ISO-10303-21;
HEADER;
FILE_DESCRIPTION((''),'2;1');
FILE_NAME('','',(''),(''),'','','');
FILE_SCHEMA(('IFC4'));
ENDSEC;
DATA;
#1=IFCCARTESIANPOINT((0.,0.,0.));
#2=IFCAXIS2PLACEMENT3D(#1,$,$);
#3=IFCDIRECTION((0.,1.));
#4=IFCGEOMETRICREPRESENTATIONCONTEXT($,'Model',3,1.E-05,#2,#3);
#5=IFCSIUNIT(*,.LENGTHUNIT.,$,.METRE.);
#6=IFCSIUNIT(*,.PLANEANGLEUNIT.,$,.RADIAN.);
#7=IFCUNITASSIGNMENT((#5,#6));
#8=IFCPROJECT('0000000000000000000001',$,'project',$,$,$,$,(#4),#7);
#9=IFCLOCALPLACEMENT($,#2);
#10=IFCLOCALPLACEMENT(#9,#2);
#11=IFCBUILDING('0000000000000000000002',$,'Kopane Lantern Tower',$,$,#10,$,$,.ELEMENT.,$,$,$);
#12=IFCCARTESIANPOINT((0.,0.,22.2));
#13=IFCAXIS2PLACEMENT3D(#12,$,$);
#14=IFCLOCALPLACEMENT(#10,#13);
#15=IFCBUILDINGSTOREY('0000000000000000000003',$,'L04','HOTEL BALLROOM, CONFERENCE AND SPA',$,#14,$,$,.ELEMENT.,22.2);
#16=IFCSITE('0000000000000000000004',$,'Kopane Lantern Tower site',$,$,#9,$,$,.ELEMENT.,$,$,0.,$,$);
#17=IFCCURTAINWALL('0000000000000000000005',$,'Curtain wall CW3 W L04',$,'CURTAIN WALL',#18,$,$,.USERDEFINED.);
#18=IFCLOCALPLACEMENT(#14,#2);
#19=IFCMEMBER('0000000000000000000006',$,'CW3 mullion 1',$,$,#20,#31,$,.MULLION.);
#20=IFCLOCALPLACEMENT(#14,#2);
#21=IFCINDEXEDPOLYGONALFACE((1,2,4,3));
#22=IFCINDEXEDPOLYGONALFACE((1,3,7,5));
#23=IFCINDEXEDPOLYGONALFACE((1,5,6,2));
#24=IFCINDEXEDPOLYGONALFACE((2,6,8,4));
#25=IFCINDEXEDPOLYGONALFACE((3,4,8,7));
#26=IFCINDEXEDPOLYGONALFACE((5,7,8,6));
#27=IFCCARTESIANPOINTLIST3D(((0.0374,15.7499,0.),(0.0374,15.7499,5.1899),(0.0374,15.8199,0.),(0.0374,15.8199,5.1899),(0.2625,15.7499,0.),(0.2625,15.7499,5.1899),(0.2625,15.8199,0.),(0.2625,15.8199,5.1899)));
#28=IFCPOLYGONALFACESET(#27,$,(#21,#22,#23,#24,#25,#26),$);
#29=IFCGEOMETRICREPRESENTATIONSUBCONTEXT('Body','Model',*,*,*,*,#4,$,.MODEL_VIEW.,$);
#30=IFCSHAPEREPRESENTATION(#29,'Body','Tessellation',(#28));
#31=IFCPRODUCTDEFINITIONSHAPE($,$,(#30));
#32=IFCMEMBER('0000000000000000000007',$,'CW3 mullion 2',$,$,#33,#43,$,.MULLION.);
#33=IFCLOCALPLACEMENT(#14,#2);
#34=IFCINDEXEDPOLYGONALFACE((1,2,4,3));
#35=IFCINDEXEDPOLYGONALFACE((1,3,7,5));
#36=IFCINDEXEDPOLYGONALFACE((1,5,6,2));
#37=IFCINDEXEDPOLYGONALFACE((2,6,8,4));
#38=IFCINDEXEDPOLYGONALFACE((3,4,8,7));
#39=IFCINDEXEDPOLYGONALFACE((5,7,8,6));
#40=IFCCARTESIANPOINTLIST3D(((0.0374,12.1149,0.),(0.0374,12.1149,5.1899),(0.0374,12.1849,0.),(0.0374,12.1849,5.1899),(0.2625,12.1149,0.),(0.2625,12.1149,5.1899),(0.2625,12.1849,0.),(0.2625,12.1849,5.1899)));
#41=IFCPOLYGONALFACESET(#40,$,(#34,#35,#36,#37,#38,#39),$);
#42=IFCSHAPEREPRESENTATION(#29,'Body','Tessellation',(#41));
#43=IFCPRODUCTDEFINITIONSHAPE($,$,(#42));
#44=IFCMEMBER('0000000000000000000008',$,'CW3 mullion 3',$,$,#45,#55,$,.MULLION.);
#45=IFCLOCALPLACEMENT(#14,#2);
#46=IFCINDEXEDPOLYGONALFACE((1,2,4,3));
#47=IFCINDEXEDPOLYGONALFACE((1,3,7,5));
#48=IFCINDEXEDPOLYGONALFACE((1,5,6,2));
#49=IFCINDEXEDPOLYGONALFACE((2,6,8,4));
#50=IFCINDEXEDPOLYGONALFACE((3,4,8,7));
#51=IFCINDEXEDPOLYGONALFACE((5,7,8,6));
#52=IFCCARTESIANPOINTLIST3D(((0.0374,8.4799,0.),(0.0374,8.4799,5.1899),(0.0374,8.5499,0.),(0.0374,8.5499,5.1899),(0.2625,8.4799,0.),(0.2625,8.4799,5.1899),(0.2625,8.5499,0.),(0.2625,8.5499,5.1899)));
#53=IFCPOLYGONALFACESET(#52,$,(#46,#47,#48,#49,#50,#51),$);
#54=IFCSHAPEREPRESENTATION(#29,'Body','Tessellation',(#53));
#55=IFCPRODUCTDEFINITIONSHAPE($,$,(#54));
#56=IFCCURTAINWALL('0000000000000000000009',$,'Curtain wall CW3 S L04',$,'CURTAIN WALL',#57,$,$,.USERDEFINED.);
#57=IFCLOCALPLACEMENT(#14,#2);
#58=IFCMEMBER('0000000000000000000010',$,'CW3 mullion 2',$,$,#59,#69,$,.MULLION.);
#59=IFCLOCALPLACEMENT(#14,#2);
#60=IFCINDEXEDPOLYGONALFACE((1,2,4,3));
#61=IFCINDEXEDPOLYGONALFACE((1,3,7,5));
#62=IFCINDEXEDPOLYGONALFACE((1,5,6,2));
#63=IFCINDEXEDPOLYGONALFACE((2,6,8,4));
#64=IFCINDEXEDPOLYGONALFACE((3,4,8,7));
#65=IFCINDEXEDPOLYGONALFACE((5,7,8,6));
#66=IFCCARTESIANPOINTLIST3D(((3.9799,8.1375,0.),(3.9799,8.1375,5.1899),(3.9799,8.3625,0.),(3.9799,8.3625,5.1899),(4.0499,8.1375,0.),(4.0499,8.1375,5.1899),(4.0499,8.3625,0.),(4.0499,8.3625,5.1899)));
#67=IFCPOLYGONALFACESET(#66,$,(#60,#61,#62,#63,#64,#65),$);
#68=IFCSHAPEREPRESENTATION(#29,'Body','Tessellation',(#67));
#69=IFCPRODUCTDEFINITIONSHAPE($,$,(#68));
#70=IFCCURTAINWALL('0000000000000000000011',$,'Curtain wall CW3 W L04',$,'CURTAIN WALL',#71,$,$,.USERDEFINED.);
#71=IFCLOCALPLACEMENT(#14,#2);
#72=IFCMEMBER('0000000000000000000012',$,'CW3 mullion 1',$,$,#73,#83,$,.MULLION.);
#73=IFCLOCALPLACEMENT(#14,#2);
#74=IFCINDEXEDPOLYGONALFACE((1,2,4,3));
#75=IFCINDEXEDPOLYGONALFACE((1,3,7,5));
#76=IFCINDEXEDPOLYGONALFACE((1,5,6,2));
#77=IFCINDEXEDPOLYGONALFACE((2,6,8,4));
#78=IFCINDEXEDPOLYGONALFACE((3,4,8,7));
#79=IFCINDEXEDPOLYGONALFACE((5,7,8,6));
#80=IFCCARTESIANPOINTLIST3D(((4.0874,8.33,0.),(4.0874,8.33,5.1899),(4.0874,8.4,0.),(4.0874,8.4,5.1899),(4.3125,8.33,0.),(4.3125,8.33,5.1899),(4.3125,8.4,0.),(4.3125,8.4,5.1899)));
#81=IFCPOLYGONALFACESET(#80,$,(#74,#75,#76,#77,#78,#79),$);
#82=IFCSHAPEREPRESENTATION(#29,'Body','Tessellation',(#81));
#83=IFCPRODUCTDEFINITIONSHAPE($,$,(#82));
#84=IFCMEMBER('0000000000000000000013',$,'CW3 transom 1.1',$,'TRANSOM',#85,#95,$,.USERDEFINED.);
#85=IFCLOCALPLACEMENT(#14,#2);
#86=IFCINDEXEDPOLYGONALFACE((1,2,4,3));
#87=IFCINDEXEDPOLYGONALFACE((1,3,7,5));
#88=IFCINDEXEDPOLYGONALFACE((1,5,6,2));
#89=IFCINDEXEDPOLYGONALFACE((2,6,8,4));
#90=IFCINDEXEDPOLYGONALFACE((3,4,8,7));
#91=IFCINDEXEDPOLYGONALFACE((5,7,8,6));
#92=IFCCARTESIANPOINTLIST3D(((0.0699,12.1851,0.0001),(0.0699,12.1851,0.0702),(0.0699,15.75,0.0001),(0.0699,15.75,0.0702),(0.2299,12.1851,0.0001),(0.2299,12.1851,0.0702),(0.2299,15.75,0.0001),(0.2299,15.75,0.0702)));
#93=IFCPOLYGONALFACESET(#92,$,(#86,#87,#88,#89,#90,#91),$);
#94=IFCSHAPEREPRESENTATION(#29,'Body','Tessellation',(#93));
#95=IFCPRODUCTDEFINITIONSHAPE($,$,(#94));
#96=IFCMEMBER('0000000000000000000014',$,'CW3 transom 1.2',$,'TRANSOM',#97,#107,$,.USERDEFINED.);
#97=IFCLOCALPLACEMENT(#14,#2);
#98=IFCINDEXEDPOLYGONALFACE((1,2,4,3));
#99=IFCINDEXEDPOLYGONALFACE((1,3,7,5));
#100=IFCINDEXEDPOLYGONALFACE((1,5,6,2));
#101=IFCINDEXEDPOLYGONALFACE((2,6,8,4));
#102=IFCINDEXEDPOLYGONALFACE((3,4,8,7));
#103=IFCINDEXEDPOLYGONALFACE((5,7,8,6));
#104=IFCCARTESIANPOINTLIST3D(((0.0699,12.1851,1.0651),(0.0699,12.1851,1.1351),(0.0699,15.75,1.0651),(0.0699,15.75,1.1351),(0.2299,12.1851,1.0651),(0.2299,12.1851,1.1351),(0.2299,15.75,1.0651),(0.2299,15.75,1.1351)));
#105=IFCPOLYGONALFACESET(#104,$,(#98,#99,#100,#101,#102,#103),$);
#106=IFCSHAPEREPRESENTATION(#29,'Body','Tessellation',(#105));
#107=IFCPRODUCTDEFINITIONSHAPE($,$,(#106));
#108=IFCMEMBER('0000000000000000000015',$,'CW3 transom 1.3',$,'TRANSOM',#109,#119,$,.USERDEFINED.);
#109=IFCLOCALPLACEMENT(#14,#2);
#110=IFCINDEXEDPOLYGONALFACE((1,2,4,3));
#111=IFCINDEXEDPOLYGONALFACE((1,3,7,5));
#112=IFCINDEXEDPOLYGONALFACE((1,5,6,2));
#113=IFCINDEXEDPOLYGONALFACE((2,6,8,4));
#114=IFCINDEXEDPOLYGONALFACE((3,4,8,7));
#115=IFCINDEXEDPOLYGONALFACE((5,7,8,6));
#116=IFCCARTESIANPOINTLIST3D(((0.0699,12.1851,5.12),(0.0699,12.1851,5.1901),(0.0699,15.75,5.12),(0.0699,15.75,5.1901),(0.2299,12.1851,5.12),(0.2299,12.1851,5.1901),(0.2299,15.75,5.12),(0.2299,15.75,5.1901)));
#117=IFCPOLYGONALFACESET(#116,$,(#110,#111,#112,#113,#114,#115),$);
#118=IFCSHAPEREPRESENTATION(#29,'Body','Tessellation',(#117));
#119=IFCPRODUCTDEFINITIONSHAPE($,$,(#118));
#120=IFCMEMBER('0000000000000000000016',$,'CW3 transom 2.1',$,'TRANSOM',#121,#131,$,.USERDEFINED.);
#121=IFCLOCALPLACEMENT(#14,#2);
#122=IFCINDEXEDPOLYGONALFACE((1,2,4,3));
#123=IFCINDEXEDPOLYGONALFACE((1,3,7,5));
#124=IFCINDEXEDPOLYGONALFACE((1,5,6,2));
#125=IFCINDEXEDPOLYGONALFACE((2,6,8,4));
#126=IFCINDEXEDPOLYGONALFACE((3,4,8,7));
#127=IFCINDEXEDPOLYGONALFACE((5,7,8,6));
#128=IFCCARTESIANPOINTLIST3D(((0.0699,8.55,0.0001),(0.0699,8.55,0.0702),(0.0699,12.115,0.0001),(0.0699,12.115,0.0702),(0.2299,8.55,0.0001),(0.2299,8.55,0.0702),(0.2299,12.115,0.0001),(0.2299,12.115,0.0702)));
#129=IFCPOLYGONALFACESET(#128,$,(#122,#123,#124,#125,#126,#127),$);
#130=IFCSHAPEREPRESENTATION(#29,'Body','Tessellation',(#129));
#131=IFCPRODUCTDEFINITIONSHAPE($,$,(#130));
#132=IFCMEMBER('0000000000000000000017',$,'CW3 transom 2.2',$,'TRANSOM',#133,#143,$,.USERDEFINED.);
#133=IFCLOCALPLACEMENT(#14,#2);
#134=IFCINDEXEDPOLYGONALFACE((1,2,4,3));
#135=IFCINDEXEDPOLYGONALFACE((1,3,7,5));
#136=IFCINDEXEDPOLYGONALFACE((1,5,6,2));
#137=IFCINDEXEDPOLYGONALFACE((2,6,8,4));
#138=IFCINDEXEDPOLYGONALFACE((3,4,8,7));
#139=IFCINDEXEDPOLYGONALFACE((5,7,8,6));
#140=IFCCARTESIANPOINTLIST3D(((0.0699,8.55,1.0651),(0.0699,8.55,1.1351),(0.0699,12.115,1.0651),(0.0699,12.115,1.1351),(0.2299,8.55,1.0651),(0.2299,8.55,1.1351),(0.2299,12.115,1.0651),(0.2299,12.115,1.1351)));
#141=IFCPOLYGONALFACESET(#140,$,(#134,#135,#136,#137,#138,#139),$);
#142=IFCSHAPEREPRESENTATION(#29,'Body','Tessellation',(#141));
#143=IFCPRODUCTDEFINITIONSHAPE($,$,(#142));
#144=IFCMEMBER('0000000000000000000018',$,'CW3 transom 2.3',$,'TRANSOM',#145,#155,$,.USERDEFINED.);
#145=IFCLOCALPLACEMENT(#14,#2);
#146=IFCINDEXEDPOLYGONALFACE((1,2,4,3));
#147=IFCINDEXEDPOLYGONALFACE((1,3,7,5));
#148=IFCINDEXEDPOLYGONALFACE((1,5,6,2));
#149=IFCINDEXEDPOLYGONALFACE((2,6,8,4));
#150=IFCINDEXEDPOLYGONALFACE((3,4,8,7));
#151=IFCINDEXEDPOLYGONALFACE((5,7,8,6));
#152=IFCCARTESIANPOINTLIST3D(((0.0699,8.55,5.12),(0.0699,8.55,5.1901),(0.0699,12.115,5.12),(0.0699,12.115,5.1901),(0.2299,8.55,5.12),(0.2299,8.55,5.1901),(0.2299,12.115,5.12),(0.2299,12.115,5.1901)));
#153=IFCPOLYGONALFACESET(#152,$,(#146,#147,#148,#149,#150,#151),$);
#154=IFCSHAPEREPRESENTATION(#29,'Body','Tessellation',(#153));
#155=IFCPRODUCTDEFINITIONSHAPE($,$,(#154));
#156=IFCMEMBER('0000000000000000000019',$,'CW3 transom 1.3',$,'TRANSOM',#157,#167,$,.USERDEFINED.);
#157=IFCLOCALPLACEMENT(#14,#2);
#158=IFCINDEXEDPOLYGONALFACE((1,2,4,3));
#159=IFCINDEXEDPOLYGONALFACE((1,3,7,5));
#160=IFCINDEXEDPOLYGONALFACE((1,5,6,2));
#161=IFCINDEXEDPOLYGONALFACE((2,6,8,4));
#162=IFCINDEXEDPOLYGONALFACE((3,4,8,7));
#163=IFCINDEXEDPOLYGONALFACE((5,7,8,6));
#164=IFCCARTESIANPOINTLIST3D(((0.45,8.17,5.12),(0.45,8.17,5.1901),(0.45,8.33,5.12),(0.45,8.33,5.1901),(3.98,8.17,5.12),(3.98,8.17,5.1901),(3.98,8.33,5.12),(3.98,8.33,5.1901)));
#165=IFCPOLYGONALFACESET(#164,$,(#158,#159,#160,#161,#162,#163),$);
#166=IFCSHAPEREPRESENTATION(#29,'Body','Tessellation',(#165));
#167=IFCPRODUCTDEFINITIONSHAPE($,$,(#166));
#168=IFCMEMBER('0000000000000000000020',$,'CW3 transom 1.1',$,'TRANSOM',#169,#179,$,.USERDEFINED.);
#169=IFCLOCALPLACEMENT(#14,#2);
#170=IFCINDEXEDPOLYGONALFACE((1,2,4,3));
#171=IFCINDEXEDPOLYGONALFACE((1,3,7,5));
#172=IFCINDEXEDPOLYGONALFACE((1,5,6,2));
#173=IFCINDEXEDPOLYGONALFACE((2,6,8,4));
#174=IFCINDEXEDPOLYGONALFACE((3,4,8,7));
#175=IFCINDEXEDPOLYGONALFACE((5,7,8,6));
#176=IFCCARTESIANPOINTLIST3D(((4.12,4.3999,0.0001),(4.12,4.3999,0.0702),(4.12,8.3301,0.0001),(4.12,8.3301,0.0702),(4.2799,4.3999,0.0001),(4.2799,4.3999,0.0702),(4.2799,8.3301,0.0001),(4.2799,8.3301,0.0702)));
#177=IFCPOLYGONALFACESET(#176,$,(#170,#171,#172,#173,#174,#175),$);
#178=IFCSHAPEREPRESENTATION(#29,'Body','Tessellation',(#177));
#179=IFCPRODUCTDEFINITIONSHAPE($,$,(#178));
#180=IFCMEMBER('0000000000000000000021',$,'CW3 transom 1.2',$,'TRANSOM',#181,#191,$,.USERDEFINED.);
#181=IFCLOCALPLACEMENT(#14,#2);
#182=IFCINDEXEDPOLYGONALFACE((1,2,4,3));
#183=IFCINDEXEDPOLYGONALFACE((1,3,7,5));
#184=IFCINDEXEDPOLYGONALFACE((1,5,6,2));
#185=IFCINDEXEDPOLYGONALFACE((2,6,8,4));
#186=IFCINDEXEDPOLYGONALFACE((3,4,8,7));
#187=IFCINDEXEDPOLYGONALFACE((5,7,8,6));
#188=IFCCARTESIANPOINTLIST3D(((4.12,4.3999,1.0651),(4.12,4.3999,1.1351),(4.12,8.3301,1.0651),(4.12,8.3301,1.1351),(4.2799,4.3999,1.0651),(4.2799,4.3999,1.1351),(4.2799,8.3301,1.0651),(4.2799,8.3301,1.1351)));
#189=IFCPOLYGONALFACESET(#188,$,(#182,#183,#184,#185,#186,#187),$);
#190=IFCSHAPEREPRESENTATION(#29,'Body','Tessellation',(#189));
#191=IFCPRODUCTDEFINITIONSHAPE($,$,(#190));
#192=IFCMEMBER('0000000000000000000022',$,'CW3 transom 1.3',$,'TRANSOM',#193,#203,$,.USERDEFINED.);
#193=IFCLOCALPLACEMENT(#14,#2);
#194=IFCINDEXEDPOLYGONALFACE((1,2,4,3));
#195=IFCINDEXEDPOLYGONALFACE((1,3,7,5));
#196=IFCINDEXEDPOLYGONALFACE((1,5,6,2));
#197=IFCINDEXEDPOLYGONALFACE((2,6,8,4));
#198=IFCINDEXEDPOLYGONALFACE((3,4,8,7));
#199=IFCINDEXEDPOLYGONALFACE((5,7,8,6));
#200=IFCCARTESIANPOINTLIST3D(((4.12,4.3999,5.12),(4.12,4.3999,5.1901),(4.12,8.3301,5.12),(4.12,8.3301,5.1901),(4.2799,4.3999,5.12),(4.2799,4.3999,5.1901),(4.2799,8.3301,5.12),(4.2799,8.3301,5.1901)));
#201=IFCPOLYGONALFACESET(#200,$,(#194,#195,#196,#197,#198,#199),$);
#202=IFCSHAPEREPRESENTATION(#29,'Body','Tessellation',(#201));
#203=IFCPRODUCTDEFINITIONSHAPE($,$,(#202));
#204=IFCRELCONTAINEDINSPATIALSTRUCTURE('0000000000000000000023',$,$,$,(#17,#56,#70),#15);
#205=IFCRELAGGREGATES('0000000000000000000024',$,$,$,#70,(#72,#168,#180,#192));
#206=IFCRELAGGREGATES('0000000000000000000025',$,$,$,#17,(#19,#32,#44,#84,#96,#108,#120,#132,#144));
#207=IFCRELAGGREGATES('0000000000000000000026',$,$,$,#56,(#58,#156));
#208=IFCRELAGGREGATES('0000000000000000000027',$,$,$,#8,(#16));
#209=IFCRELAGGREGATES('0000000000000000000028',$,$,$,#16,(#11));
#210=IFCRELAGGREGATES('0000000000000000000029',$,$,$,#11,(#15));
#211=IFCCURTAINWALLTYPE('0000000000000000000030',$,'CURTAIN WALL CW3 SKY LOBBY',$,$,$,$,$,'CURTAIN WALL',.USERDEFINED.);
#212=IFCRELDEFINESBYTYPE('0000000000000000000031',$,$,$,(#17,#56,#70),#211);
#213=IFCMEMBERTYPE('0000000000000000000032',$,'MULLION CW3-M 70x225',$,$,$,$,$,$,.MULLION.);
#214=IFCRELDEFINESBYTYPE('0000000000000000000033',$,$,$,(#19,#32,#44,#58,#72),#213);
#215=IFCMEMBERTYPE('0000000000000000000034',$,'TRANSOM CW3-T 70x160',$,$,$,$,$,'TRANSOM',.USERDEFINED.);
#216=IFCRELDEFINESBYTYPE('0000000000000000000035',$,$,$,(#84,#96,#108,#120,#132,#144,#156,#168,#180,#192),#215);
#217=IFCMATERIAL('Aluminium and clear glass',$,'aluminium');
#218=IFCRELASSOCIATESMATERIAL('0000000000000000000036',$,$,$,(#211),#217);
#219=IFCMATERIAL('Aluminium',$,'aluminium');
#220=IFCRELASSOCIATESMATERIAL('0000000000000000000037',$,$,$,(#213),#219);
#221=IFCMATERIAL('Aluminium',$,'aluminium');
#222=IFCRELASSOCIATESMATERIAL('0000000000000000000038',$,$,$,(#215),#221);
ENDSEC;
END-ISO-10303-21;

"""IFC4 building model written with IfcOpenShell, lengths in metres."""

from ifc_helpers import new_model, si_unit, direction, frame, origin, origin_2d, place, context, subcontext, project, spatial, rectangle, extrude, material, material_profile, profile_set, type_object, element, aggregate, save


model = new_model("IFC4")

# Units and contexts
model_context = context("Model", 3, precision=1e-05, world=origin(), true_north=direction((0.0, 1.0)))
body_context = subcontext(model_context, "Body", "Model", "MODEL_VIEW")
ifc_project = project(units=[si_unit("LENGTHUNIT", "METRE"), si_unit("PLANEANGLEUNIT", "RADIAN")], contexts=[model_context])

# Site, building, storey
site_placement = place(None, origin())
site = spatial("IfcSite", under=ifc_project, at=site_placement, Name="Kopane Lantern Tower site", CompositionType="ELEMENT", RefElevation=0.0)
building_placement = place(site_placement, origin())
building = spatial("IfcBuilding", under=site, at=building_placement, Name="Kopane Lantern Tower", CompositionType="ELEMENT")
storey_placement = place(building_placement, frame((0.0, 0.0, 22.2)))
storey = spatial("IfcBuildingStorey", under=building, at=storey_placement, Name="L04", Description="HOTEL BALLROOM, CONFERENCE AND SPA", CompositionType="ELEMENT", Elevation=22.2)

# Curtain wall, members
ifc_material_1 = material(Name="Aluminium and clear glass", Category="aluminium")
curtain_wall_type = type_object("IfcCurtainWallType", Name="CURTAIN WALL CW3 SKY LOBBY", ElementType="CURTAIN WALL", PredefinedType="USERDEFINED", material=ifc_material_1)
curtain_wall_1_placement = place(storey_placement, origin())
curtain_wall_1 = element("IfcCurtainWall", 1, at=curtain_wall_1_placement, inside=storey, type_object=curtain_wall_type, Name="Curtain wall CW3 W L04", ObjectType="CURTAIN WALL", PredefinedType="USERDEFINED")
ifc_material_2 = material(Name="Aluminium", Category="aluminium")
ifc_material_profile_1 = material_profile(ifc_material_2, rectangle(XDim=0.0701, YDim=0.2251, at=origin_2d()), Name="AL 70x225")
ifc_profile_set_1 = profile_set([ifc_material_profile_1], Name="Aluminium")
member_type_1 = type_object("IfcMemberType", Name="MULLION CW3-M 70x225", PredefinedType="MULLION", material=ifc_profile_set_1)
member_1_placement = place(storey_placement, frame((0.1499, 15.7849, 0.0), z_axis=(0.0, 0.0, 1.0), x_axis=(0.0, -1.0, 0.0)))
member_1 = element("IfcMember", 2, at=member_1_placement, type_object=member_type_1, Name="CW3 mullion 1", PredefinedType="MULLION", context=body_context, shape_type="SweptSolid", body=[
    extrude(rectangle(XDim=0.0701, YDim=0.2251, at=origin_2d()), origin(), (0.0, 0.0, 1.0), 5.1899),
])
member_2_placement = place(storey_placement, frame((0.1499, 12.1499, 0.0), z_axis=(0.0, 0.0, 1.0), x_axis=(0.0, -1.0, 0.0)))
member_2 = element("IfcMember", 3, at=member_2_placement, type_object=member_type_1, Name="CW3 mullion 2", PredefinedType="MULLION", context=body_context, shape_type="SweptSolid", body=[
    extrude(rectangle(XDim=0.0701, YDim=0.2251, at=origin_2d()), origin(), (0.0, 0.0, 1.0), 5.1899),
])
member_3_placement = place(storey_placement, frame((0.1499, 8.5149, 0.0), z_axis=(0.0, 0.0, 1.0), x_axis=(0.0, -1.0, 0.0)))
member_3 = element("IfcMember", 4, at=member_3_placement, type_object=member_type_1, Name="CW3 mullion 3", PredefinedType="MULLION", context=body_context, shape_type="SweptSolid", body=[
    extrude(rectangle(XDim=0.0701, YDim=0.2251, at=origin_2d()), origin(), (0.0, 0.0, 1.0), 5.1899),
])

# Curtain walls, members
curtain_wall_2_placement = place(storey_placement, origin())
curtain_wall_2 = element("IfcCurtainWall", 5, at=curtain_wall_2_placement, inside=storey, type_object=curtain_wall_type, Name="Curtain wall CW3 S L04", ObjectType="CURTAIN WALL", PredefinedType="USERDEFINED")
member_4_placement = place(storey_placement, frame((4.0149, 8.25, 0.0), z_axis=(0.0, 0.0, 1.0), x_axis=(1.0, 0.0, 0.0)))
member_4 = element("IfcMember", 6, at=member_4_placement, type_object=member_type_1, Name="CW3 mullion 2", PredefinedType="MULLION", context=body_context, shape_type="SweptSolid", body=[
    extrude(rectangle(XDim=0.0701, YDim=0.2251, at=origin_2d()), origin(), (0.0, 0.0, 1.0), 5.1899),
])
curtain_wall_3_placement = place(storey_placement, origin())
curtain_wall_3 = element("IfcCurtainWall", 7, at=curtain_wall_3_placement, inside=storey, type_object=curtain_wall_type, Name="Curtain wall CW3 W L04", ObjectType="CURTAIN WALL", PredefinedType="USERDEFINED")
member_5_placement = place(storey_placement, frame((4.2, 8.365, 0.0), z_axis=(0.0, 0.0, 1.0), x_axis=(0.0, -1.0, 0.0)))
member_5 = element("IfcMember", 8, at=member_5_placement, type_object=member_type_1, Name="CW3 mullion 1", PredefinedType="MULLION", context=body_context, shape_type="SweptSolid", body=[
    extrude(rectangle(XDim=0.0701, YDim=0.2251, at=origin_2d()), origin(), (0.0, 0.0, 1.0), 5.1899),
])

# Members
ifc_material_3 = material(Name="Aluminium", Category="aluminium")
ifc_material_profile_2 = material_profile(ifc_material_3, rectangle(XDim=0.1599, YDim=0.0701, at=origin_2d()), Name="AL 160x70")
ifc_profile_set_2 = profile_set([ifc_material_profile_2], Name="Aluminium")
member_type_2 = type_object("IfcMemberType", Name="TRANSOM CW3-T 70x160", ElementType="TRANSOM", PredefinedType="USERDEFINED", material=ifc_profile_set_2)
member_6_placement = place(storey_placement, frame((0.1499, 15.75, 0.0352), z_axis=(0.0, -1.0, 0.0), x_axis=(1.0, 0.0, 0.0)))
member_6 = element("IfcMember", 9, at=member_6_placement, type_object=member_type_2, Name="CW3 transom 1.1", ObjectType="TRANSOM", PredefinedType="USERDEFINED", context=body_context, shape_type="SweptSolid", body=[
    extrude(rectangle(XDim=0.1599, YDim=0.0701, at=origin_2d()), origin(), (0.0, 0.0, 1.0), 3.5649),
])
member_7_placement = place(storey_placement, frame((0.1499, 15.75, 1.1001), z_axis=(0.0, -1.0, 0.0), x_axis=(1.0, 0.0, 0.0)))
member_7 = element("IfcMember", 10, at=member_7_placement, type_object=member_type_2, Name="CW3 transom 1.2", ObjectType="TRANSOM", PredefinedType="USERDEFINED", context=body_context, shape_type="SweptSolid", body=[
    extrude(rectangle(XDim=0.1599, YDim=0.0701, at=origin_2d()), origin(), (0.0, 0.0, 1.0), 3.5649),
])
member_8_placement = place(storey_placement, frame((0.1499, 15.75, 5.155), z_axis=(0.0, -1.0, 0.0), x_axis=(1.0, 0.0, 0.0)))
member_8 = element("IfcMember", 11, at=member_8_placement, type_object=member_type_2, Name="CW3 transom 1.3", ObjectType="TRANSOM", PredefinedType="USERDEFINED", context=body_context, shape_type="SweptSolid", body=[
    extrude(rectangle(XDim=0.1599, YDim=0.0701, at=origin_2d()), origin(), (0.0, 0.0, 1.0), 3.5649),
])
member_9_placement = place(storey_placement, frame((0.1499, 12.115, 0.0352), z_axis=(0.0, -1.0, 0.0), x_axis=(1.0, 0.0, 0.0)))
member_9 = element("IfcMember", 12, at=member_9_placement, type_object=member_type_2, Name="CW3 transom 2.1", ObjectType="TRANSOM", PredefinedType="USERDEFINED", context=body_context, shape_type="SweptSolid", body=[
    extrude(rectangle(XDim=0.1599, YDim=0.0701, at=origin_2d()), origin(), (0.0, 0.0, 1.0), 3.5649),
])
member_10_placement = place(storey_placement, frame((0.1499, 12.115, 1.1001), z_axis=(0.0, -1.0, 0.0), x_axis=(1.0, 0.0, 0.0)))
member_10 = element("IfcMember", 13, at=member_10_placement, type_object=member_type_2, Name="CW3 transom 2.2", ObjectType="TRANSOM", PredefinedType="USERDEFINED", context=body_context, shape_type="SweptSolid", body=[
    extrude(rectangle(XDim=0.1599, YDim=0.0701, at=origin_2d()), origin(), (0.0, 0.0, 1.0), 3.5649),
])
member_11_placement = place(storey_placement, frame((0.1499, 12.115, 5.155), z_axis=(0.0, -1.0, 0.0), x_axis=(1.0, 0.0, 0.0)))
member_11 = element("IfcMember", 14, at=member_11_placement, type_object=member_type_2, Name="CW3 transom 2.3", ObjectType="TRANSOM", PredefinedType="USERDEFINED", context=body_context, shape_type="SweptSolid", body=[
    extrude(rectangle(XDim=0.1599, YDim=0.0701, at=origin_2d()), origin(), (0.0, 0.0, 1.0), 3.5649),
])
member_12_placement = place(storey_placement, frame((0.45, 8.25, 5.155), z_axis=(1.0, 0.0, 0.0), x_axis=(0.0, 1.0, 0.0)))
member_12 = element("IfcMember", 15, at=member_12_placement, type_object=member_type_2, Name="CW3 transom 1.3", ObjectType="TRANSOM", PredefinedType="USERDEFINED", context=body_context, shape_type="SweptSolid", body=[
    extrude(rectangle(XDim=0.1599, YDim=0.0701, at=origin_2d()), origin(), (0.0, 0.0, 1.0), 3.53),
])
member_13_placement = place(storey_placement, frame((4.2, 8.3301, 0.0352), z_axis=(0.0, -1.0, 0.0), x_axis=(1.0, 0.0, 0.0)))
member_13 = element("IfcMember", 16, at=member_13_placement, type_object=member_type_2, Name="CW3 transom 1.1", ObjectType="TRANSOM", PredefinedType="USERDEFINED", context=body_context, shape_type="SweptSolid", body=[
    extrude(rectangle(XDim=0.1599, YDim=0.0701, at=origin_2d()), origin(), (0.0, 0.0, 1.0), 3.9302),
])
member_14_placement = place(storey_placement, frame((4.2, 8.3301, 1.1001), z_axis=(0.0, -1.0, 0.0), x_axis=(1.0, 0.0, 0.0)))
member_14 = element("IfcMember", 17, at=member_14_placement, type_object=member_type_2, Name="CW3 transom 1.2", ObjectType="TRANSOM", PredefinedType="USERDEFINED", context=body_context, shape_type="SweptSolid", body=[
    extrude(rectangle(XDim=0.1599, YDim=0.0701, at=origin_2d()), origin(), (0.0, 0.0, 1.0), 3.9302),
])
member_15_placement = place(storey_placement, frame((4.2, 8.3301, 5.155), z_axis=(0.0, -1.0, 0.0), x_axis=(1.0, 0.0, 0.0)))
member_15 = element("IfcMember", 18, at=member_15_placement, type_object=member_type_2, Name="CW3 transom 1.3", ObjectType="TRANSOM", PredefinedType="USERDEFINED", context=body_context, shape_type="SweptSolid", body=[
    extrude(rectangle(XDim=0.1599, YDim=0.0701, at=origin_2d()), origin(), (0.0, 0.0, 1.0), 3.9302),
])
aggregate(curtain_wall_3, [member_5, member_13, member_14, member_15])

aggregate(curtain_wall_1, [member_1, member_2, member_3, member_6, member_7, member_8, member_9, member_10, member_11])
aggregate(curtain_wall_2, [member_4, member_12])

save(model, "model.ifc")
